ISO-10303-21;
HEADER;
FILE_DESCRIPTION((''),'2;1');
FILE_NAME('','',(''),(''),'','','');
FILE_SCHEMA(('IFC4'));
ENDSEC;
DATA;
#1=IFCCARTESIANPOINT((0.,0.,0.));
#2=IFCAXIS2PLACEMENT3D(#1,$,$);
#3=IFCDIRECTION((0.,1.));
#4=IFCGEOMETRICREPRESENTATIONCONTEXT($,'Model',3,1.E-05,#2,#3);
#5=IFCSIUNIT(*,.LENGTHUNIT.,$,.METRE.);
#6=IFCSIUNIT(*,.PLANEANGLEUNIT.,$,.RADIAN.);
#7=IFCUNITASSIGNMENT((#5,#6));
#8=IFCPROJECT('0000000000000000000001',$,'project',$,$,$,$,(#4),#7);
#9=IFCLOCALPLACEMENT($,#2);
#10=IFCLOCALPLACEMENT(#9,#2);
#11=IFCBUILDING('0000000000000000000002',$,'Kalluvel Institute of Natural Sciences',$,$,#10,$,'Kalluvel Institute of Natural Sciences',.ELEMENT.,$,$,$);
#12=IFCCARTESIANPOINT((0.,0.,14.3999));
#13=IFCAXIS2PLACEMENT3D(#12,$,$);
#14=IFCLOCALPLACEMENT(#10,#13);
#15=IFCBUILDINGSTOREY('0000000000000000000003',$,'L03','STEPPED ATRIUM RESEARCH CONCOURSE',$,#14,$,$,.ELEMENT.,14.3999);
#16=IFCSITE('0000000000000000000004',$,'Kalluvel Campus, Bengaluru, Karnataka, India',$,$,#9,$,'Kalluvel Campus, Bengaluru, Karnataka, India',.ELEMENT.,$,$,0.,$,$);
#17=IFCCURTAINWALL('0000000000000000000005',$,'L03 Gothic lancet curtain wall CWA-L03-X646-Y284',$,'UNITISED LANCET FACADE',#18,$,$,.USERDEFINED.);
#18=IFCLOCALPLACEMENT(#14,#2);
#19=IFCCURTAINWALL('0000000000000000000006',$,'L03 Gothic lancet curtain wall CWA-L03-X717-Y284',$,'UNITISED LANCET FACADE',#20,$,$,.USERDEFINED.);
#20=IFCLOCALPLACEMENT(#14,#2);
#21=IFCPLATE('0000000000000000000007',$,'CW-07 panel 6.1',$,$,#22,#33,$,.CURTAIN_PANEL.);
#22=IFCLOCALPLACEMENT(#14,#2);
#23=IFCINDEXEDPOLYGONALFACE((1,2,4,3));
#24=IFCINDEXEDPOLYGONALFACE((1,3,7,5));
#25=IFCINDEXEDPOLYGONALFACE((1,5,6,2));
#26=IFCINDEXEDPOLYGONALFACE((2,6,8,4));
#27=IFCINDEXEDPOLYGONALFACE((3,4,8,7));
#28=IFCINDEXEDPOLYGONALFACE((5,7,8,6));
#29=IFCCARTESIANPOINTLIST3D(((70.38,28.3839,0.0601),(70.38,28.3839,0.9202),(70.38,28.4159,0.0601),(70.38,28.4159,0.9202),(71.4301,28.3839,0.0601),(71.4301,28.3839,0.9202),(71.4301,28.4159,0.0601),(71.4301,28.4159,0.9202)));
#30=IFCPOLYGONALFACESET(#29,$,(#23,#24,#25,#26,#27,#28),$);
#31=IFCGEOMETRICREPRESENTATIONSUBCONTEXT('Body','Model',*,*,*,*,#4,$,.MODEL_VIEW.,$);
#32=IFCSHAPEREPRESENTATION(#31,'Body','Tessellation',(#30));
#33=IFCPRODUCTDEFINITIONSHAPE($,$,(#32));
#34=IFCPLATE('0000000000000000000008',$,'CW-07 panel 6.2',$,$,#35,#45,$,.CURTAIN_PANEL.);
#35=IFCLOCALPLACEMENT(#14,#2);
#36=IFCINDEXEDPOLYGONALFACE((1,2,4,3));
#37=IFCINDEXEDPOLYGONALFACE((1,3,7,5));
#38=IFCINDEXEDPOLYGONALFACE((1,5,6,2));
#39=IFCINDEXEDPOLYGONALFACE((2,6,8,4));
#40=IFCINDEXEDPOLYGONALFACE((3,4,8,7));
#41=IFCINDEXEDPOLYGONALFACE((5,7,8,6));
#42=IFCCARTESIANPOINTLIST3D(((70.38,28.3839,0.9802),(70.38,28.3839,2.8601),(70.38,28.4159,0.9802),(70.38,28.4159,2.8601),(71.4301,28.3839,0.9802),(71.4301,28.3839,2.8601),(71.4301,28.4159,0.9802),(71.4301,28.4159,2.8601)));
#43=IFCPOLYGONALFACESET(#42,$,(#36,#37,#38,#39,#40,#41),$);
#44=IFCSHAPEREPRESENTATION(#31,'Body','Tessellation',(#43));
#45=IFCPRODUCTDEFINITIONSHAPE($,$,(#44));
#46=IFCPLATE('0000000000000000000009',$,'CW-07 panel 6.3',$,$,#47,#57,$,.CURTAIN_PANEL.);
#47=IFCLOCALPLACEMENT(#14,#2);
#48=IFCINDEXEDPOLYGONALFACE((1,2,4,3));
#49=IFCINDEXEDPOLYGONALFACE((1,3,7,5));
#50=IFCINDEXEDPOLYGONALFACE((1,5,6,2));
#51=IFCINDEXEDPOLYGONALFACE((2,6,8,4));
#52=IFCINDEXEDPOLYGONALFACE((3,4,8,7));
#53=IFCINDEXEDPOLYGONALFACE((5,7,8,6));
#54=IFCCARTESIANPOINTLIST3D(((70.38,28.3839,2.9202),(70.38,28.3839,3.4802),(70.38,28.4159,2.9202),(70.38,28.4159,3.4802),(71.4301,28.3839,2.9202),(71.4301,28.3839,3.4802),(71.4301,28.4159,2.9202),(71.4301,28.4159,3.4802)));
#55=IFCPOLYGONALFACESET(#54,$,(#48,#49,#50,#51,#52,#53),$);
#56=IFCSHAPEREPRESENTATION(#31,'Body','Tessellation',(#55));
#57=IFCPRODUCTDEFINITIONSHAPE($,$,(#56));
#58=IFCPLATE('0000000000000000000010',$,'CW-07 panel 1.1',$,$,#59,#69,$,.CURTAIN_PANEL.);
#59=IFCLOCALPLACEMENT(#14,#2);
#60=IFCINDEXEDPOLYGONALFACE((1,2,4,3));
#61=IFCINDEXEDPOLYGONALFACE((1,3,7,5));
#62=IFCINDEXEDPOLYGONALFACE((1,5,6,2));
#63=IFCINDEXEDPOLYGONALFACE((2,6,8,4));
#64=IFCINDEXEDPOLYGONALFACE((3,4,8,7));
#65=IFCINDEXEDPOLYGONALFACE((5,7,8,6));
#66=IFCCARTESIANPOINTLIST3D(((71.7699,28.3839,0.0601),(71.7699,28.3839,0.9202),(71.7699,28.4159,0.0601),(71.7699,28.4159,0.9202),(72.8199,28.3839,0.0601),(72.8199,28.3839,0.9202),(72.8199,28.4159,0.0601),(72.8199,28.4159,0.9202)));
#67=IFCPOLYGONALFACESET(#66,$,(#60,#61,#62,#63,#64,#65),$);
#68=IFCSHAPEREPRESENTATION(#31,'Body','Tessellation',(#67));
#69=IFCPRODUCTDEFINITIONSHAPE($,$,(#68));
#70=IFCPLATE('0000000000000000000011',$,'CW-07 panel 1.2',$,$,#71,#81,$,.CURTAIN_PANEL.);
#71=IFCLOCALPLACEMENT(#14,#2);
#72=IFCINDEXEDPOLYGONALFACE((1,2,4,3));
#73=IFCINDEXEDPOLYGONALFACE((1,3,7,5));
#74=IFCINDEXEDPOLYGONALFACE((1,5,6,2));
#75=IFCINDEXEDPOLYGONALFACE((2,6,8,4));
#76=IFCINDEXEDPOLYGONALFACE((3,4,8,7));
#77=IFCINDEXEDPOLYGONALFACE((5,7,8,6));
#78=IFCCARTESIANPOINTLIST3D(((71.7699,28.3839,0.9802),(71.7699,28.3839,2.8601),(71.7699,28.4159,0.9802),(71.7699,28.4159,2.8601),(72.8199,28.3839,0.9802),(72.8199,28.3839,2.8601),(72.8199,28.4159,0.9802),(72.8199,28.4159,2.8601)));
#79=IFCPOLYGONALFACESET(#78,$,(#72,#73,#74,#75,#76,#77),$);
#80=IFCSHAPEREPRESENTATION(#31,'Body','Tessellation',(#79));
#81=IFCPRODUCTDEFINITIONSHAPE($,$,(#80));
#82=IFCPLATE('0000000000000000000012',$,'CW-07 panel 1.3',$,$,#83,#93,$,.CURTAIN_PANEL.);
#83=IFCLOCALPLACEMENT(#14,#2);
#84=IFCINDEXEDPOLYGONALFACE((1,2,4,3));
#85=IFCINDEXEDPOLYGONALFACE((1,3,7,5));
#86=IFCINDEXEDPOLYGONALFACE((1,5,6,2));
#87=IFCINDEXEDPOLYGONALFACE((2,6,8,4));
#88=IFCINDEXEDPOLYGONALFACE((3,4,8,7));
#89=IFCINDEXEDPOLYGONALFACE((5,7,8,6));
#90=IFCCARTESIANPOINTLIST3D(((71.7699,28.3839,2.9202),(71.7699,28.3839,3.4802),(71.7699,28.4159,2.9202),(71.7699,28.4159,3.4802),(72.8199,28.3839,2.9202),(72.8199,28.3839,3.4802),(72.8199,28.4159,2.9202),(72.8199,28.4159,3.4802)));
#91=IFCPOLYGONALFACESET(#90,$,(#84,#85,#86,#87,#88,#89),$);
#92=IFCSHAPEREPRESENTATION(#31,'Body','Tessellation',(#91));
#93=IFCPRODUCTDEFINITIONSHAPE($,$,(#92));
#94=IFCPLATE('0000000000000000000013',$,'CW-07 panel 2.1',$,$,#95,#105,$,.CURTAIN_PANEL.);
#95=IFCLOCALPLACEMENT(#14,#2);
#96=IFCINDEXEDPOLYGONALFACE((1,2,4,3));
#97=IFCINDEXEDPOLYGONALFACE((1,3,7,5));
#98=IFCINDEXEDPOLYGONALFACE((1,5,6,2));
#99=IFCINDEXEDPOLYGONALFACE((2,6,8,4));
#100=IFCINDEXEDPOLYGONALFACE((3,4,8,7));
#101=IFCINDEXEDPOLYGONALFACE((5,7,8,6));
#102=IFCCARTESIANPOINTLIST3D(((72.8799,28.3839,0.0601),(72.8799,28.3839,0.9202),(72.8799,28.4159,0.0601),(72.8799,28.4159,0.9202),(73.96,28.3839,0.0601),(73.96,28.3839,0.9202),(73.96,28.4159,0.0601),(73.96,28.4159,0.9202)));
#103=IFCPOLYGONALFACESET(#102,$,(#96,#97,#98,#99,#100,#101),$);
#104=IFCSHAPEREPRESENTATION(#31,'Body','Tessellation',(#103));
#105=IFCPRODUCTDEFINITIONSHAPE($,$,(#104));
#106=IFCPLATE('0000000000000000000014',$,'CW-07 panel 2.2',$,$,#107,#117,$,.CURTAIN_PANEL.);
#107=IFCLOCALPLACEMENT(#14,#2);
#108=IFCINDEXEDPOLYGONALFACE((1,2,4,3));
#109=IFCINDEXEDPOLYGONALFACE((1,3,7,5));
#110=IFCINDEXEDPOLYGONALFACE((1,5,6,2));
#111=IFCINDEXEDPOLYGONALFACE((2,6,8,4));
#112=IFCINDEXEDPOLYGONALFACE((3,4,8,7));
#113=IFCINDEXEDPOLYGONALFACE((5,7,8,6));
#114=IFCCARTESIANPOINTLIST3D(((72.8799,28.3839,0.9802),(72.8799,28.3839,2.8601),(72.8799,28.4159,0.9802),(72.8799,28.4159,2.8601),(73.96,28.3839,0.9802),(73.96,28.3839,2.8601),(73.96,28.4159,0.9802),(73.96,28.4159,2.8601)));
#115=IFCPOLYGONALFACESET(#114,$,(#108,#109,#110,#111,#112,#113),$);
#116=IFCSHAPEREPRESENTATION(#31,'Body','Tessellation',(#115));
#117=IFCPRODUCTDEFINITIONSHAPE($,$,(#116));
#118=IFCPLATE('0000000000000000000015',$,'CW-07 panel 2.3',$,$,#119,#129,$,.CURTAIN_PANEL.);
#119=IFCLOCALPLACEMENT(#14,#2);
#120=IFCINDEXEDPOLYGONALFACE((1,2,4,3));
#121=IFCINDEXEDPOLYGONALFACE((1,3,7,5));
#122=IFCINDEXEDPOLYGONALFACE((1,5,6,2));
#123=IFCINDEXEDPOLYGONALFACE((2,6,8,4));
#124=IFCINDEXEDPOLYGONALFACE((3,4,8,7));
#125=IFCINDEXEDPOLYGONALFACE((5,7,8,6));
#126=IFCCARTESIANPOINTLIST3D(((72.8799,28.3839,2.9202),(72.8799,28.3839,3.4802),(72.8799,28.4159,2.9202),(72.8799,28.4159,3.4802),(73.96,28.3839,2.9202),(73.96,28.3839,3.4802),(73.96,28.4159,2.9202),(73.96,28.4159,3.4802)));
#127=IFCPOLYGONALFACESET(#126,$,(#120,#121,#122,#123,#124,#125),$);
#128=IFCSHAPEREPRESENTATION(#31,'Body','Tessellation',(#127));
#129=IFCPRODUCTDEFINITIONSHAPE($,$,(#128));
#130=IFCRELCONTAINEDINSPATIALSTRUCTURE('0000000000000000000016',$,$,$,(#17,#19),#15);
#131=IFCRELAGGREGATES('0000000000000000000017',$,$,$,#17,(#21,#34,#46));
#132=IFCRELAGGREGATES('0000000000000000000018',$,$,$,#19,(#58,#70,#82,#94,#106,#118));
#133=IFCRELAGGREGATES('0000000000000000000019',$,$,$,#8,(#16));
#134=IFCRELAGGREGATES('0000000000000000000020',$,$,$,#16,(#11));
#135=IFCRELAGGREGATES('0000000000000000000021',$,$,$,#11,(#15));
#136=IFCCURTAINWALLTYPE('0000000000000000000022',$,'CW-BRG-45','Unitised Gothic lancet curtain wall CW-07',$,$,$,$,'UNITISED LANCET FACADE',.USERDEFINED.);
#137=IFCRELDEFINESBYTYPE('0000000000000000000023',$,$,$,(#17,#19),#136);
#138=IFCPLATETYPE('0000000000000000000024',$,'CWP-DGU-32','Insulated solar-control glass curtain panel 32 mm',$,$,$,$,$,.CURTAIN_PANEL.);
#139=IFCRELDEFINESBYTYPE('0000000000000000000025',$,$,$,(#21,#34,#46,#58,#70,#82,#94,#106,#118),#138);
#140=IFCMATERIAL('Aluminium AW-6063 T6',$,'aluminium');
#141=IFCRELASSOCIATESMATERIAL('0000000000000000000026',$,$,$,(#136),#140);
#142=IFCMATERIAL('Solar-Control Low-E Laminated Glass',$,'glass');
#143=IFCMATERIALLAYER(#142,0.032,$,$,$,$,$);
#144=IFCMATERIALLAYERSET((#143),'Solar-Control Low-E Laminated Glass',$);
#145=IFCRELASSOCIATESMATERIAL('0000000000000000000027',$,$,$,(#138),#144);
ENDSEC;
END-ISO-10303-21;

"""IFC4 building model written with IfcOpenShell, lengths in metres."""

from ifc_helpers import new_model, si_unit, direction, frame, origin, origin_2d, place, context, subcontext, project, spatial, rectangle, extrude, material, layer, layer_set, type_object, element, aggregate, save


model = new_model("IFC4")

# Units and contexts
model_context = context("Model", 3, precision=1e-05, world=origin(), true_north=direction((0.0, 1.0)))
body_context = subcontext(model_context, "Body", "Model", "MODEL_VIEW")
ifc_project = project(units=[si_unit("LENGTHUNIT", "METRE"), si_unit("PLANEANGLEUNIT", "RADIAN")], contexts=[model_context])

# Site, building, storey
site_placement = place(None, origin())
site = spatial("IfcSite", under=ifc_project, at=site_placement, Name="Kalluvel Campus, Bengaluru, Karnataka, India", LongName="Kalluvel Campus, Bengaluru, Karnataka, India", CompositionType="ELEMENT", RefElevation=0.0)
building_placement = place(site_placement, origin())
building = spatial("IfcBuilding", under=site, at=building_placement, Name="Kalluvel Institute of Natural Sciences", LongName="Kalluvel Institute of Natural Sciences", CompositionType="ELEMENT")
storey_placement = place(building_placement, frame((0.0, 0.0, 14.3999)))
storey = spatial("IfcBuildingStorey", under=building, at=storey_placement, Name="L03", Description="STEPPED ATRIUM RESEARCH CONCOURSE", CompositionType="ELEMENT", Elevation=14.3999)

# Curtain walls
ifc_material_1 = material(Name="Aluminium AW-6063 T6", Category="aluminium")
curtain_wall_type = type_object("IfcCurtainWallType", Name="CW-BRG-45", Description="Unitised Gothic lancet curtain wall CW-07", ElementType="UNITISED LANCET FACADE", PredefinedType="USERDEFINED", material=ifc_material_1)
curtain_wall_1_placement = place(storey_placement, origin())
curtain_wall_1 = element("IfcCurtainWall", 1, at=curtain_wall_1_placement, inside=storey, type_object=curtain_wall_type, Name="L03 Gothic lancet curtain wall CWA-L03-X646-Y284", ObjectType="UNITISED LANCET FACADE", PredefinedType="USERDEFINED")
curtain_wall_2_placement = place(storey_placement, origin())
curtain_wall_2 = element("IfcCurtainWall", 2, at=curtain_wall_2_placement, inside=storey, type_object=curtain_wall_type, Name="L03 Gothic lancet curtain wall CWA-L03-X717-Y284", ObjectType="UNITISED LANCET FACADE", PredefinedType="USERDEFINED")

# Plates
ifc_material_2 = material(Name="Solar-Control Low-E Laminated Glass", Category="glass")
ifc_layer = layer(ifc_material_2, 0.032)
ifc_layer_set = layer_set([ifc_layer], Name="Solar-Control Low-E Laminated Glass")
plate_type = type_object("IfcPlateType", Name="CWP-DGU-32", Description="Insulated solar-control glass curtain panel 32 mm", PredefinedType="CURTAIN_PANEL", material=ifc_layer_set)
plate_1_placement = place(storey_placement, frame((70.905, 28.3999, 0.0601), z_axis=(0.0, 0.0, 1.0), x_axis=(1.0, 0.0, 0.0)))
plate_1 = element("IfcPlate", 3, at=plate_1_placement, type_object=plate_type, Name="CW-07 panel 6.1", PredefinedType="CURTAIN_PANEL", context=body_context, shape_type="SweptSolid", body=[
    extrude(rectangle(XDim=1.05, YDim=0.032, at=origin_2d()), origin(), (0.0, 0.0, 1.0), 0.8601),
])
plate_2_placement = place(storey_placement, frame((70.905, 28.3999, 0.9802), z_axis=(0.0, 0.0, 1.0), x_axis=(1.0, 0.0, 0.0)))
plate_2 = element("IfcPlate", 4, at=plate_2_placement, type_object=plate_type, Name="CW-07 panel 6.2", PredefinedType="CURTAIN_PANEL", context=body_context, shape_type="SweptSolid", body=[
    extrude(rectangle(XDim=1.05, YDim=0.032, at=origin_2d()), origin(), (0.0, 0.0, 1.0), 1.8799),
])
plate_3_placement = place(storey_placement, frame((70.905, 28.3999, 2.9202), z_axis=(0.0, 0.0, 1.0), x_axis=(1.0, 0.0, 0.0)))
plate_3 = element("IfcPlate", 5, at=plate_3_placement, type_object=plate_type, Name="CW-07 panel 6.3", PredefinedType="CURTAIN_PANEL", context=body_context, shape_type="SweptSolid", body=[
    extrude(rectangle(XDim=1.05, YDim=0.032, at=origin_2d()), origin(), (0.0, 0.0, 1.0), 0.5601),
])
aggregate(curtain_wall_1, [plate_1, plate_2, plate_3])
plate_4_placement = place(storey_placement, frame((72.2949, 28.3999, 0.0601), z_axis=(0.0, 0.0, 1.0), x_axis=(1.0, 0.0, 0.0)))
plate_4 = element("IfcPlate", 6, at=plate_4_placement, type_object=plate_type, Name="CW-07 panel 1.1", PredefinedType="CURTAIN_PANEL", context=body_context, shape_type="SweptSolid", body=[
    extrude(rectangle(XDim=1.05, YDim=0.032, at=origin_2d()), origin(), (0.0, 0.0, 1.0), 0.8601),
])
plate_5_placement = place(storey_placement, frame((72.2949, 28.3999, 0.9802), z_axis=(0.0, 0.0, 1.0), x_axis=(1.0, 0.0, 0.0)))
plate_5 = element("IfcPlate", 7, at=plate_5_placement, type_object=plate_type, Name="CW-07 panel 1.2", PredefinedType="CURTAIN_PANEL", context=body_context, shape_type="SweptSolid", body=[
    extrude(rectangle(XDim=1.05, YDim=0.032, at=origin_2d()), origin(), (0.0, 0.0, 1.0), 1.8799),
])
plate_6_placement = place(storey_placement, frame((72.2949, 28.3999, 2.9202), z_axis=(0.0, 0.0, 1.0), x_axis=(1.0, 0.0, 0.0)))
plate_6 = element("IfcPlate", 8, at=plate_6_placement, type_object=plate_type, Name="CW-07 panel 1.3", PredefinedType="CURTAIN_PANEL", context=body_context, shape_type="SweptSolid", body=[
    extrude(rectangle(XDim=1.05, YDim=0.032, at=origin_2d()), origin(), (0.0, 0.0, 1.0), 0.5601),
])
plate_7_placement = place(storey_placement, frame((73.4199, 28.3999, 0.0601), z_axis=(0.0, 0.0, 1.0), x_axis=(1.0, 0.0, 0.0)))
plate_7 = element("IfcPlate", 9, at=plate_7_placement, type_object=plate_type, Name="CW-07 panel 2.1", PredefinedType="CURTAIN_PANEL", context=body_context, shape_type="SweptSolid", body=[
    extrude(rectangle(XDim=1.0801, YDim=0.032, at=origin_2d()), origin(), (0.0, 0.0, 1.0), 0.8601),
])
plate_8_placement = place(storey_placement, frame((73.4199, 28.3999, 0.9802), z_axis=(0.0, 0.0, 1.0), x_axis=(1.0, 0.0, 0.0)))
plate_8 = element("IfcPlate", 10, at=plate_8_placement, type_object=plate_type, Name="CW-07 panel 2.2", PredefinedType="CURTAIN_PANEL", context=body_context, shape_type="SweptSolid", body=[
    extrude(rectangle(XDim=1.0801, YDim=0.032, at=origin_2d()), origin(), (0.0, 0.0, 1.0), 1.8799),
])
plate_9_placement = place(storey_placement, frame((73.4199, 28.3999, 2.9202), z_axis=(0.0, 0.0, 1.0), x_axis=(1.0, 0.0, 0.0)))
plate_9 = element("IfcPlate", 11, at=plate_9_placement, type_object=plate_type, Name="CW-07 panel 2.3", PredefinedType="CURTAIN_PANEL", context=body_context, shape_type="SweptSolid", body=[
    extrude(rectangle(XDim=1.0801, YDim=0.032, at=origin_2d()), origin(), (0.0, 0.0, 1.0), 0.5601),
])
aggregate(curtain_wall_2, [plate_4, plate_5, plate_6, plate_7, plate_8, plate_9])

save(model, "model.ifc")
